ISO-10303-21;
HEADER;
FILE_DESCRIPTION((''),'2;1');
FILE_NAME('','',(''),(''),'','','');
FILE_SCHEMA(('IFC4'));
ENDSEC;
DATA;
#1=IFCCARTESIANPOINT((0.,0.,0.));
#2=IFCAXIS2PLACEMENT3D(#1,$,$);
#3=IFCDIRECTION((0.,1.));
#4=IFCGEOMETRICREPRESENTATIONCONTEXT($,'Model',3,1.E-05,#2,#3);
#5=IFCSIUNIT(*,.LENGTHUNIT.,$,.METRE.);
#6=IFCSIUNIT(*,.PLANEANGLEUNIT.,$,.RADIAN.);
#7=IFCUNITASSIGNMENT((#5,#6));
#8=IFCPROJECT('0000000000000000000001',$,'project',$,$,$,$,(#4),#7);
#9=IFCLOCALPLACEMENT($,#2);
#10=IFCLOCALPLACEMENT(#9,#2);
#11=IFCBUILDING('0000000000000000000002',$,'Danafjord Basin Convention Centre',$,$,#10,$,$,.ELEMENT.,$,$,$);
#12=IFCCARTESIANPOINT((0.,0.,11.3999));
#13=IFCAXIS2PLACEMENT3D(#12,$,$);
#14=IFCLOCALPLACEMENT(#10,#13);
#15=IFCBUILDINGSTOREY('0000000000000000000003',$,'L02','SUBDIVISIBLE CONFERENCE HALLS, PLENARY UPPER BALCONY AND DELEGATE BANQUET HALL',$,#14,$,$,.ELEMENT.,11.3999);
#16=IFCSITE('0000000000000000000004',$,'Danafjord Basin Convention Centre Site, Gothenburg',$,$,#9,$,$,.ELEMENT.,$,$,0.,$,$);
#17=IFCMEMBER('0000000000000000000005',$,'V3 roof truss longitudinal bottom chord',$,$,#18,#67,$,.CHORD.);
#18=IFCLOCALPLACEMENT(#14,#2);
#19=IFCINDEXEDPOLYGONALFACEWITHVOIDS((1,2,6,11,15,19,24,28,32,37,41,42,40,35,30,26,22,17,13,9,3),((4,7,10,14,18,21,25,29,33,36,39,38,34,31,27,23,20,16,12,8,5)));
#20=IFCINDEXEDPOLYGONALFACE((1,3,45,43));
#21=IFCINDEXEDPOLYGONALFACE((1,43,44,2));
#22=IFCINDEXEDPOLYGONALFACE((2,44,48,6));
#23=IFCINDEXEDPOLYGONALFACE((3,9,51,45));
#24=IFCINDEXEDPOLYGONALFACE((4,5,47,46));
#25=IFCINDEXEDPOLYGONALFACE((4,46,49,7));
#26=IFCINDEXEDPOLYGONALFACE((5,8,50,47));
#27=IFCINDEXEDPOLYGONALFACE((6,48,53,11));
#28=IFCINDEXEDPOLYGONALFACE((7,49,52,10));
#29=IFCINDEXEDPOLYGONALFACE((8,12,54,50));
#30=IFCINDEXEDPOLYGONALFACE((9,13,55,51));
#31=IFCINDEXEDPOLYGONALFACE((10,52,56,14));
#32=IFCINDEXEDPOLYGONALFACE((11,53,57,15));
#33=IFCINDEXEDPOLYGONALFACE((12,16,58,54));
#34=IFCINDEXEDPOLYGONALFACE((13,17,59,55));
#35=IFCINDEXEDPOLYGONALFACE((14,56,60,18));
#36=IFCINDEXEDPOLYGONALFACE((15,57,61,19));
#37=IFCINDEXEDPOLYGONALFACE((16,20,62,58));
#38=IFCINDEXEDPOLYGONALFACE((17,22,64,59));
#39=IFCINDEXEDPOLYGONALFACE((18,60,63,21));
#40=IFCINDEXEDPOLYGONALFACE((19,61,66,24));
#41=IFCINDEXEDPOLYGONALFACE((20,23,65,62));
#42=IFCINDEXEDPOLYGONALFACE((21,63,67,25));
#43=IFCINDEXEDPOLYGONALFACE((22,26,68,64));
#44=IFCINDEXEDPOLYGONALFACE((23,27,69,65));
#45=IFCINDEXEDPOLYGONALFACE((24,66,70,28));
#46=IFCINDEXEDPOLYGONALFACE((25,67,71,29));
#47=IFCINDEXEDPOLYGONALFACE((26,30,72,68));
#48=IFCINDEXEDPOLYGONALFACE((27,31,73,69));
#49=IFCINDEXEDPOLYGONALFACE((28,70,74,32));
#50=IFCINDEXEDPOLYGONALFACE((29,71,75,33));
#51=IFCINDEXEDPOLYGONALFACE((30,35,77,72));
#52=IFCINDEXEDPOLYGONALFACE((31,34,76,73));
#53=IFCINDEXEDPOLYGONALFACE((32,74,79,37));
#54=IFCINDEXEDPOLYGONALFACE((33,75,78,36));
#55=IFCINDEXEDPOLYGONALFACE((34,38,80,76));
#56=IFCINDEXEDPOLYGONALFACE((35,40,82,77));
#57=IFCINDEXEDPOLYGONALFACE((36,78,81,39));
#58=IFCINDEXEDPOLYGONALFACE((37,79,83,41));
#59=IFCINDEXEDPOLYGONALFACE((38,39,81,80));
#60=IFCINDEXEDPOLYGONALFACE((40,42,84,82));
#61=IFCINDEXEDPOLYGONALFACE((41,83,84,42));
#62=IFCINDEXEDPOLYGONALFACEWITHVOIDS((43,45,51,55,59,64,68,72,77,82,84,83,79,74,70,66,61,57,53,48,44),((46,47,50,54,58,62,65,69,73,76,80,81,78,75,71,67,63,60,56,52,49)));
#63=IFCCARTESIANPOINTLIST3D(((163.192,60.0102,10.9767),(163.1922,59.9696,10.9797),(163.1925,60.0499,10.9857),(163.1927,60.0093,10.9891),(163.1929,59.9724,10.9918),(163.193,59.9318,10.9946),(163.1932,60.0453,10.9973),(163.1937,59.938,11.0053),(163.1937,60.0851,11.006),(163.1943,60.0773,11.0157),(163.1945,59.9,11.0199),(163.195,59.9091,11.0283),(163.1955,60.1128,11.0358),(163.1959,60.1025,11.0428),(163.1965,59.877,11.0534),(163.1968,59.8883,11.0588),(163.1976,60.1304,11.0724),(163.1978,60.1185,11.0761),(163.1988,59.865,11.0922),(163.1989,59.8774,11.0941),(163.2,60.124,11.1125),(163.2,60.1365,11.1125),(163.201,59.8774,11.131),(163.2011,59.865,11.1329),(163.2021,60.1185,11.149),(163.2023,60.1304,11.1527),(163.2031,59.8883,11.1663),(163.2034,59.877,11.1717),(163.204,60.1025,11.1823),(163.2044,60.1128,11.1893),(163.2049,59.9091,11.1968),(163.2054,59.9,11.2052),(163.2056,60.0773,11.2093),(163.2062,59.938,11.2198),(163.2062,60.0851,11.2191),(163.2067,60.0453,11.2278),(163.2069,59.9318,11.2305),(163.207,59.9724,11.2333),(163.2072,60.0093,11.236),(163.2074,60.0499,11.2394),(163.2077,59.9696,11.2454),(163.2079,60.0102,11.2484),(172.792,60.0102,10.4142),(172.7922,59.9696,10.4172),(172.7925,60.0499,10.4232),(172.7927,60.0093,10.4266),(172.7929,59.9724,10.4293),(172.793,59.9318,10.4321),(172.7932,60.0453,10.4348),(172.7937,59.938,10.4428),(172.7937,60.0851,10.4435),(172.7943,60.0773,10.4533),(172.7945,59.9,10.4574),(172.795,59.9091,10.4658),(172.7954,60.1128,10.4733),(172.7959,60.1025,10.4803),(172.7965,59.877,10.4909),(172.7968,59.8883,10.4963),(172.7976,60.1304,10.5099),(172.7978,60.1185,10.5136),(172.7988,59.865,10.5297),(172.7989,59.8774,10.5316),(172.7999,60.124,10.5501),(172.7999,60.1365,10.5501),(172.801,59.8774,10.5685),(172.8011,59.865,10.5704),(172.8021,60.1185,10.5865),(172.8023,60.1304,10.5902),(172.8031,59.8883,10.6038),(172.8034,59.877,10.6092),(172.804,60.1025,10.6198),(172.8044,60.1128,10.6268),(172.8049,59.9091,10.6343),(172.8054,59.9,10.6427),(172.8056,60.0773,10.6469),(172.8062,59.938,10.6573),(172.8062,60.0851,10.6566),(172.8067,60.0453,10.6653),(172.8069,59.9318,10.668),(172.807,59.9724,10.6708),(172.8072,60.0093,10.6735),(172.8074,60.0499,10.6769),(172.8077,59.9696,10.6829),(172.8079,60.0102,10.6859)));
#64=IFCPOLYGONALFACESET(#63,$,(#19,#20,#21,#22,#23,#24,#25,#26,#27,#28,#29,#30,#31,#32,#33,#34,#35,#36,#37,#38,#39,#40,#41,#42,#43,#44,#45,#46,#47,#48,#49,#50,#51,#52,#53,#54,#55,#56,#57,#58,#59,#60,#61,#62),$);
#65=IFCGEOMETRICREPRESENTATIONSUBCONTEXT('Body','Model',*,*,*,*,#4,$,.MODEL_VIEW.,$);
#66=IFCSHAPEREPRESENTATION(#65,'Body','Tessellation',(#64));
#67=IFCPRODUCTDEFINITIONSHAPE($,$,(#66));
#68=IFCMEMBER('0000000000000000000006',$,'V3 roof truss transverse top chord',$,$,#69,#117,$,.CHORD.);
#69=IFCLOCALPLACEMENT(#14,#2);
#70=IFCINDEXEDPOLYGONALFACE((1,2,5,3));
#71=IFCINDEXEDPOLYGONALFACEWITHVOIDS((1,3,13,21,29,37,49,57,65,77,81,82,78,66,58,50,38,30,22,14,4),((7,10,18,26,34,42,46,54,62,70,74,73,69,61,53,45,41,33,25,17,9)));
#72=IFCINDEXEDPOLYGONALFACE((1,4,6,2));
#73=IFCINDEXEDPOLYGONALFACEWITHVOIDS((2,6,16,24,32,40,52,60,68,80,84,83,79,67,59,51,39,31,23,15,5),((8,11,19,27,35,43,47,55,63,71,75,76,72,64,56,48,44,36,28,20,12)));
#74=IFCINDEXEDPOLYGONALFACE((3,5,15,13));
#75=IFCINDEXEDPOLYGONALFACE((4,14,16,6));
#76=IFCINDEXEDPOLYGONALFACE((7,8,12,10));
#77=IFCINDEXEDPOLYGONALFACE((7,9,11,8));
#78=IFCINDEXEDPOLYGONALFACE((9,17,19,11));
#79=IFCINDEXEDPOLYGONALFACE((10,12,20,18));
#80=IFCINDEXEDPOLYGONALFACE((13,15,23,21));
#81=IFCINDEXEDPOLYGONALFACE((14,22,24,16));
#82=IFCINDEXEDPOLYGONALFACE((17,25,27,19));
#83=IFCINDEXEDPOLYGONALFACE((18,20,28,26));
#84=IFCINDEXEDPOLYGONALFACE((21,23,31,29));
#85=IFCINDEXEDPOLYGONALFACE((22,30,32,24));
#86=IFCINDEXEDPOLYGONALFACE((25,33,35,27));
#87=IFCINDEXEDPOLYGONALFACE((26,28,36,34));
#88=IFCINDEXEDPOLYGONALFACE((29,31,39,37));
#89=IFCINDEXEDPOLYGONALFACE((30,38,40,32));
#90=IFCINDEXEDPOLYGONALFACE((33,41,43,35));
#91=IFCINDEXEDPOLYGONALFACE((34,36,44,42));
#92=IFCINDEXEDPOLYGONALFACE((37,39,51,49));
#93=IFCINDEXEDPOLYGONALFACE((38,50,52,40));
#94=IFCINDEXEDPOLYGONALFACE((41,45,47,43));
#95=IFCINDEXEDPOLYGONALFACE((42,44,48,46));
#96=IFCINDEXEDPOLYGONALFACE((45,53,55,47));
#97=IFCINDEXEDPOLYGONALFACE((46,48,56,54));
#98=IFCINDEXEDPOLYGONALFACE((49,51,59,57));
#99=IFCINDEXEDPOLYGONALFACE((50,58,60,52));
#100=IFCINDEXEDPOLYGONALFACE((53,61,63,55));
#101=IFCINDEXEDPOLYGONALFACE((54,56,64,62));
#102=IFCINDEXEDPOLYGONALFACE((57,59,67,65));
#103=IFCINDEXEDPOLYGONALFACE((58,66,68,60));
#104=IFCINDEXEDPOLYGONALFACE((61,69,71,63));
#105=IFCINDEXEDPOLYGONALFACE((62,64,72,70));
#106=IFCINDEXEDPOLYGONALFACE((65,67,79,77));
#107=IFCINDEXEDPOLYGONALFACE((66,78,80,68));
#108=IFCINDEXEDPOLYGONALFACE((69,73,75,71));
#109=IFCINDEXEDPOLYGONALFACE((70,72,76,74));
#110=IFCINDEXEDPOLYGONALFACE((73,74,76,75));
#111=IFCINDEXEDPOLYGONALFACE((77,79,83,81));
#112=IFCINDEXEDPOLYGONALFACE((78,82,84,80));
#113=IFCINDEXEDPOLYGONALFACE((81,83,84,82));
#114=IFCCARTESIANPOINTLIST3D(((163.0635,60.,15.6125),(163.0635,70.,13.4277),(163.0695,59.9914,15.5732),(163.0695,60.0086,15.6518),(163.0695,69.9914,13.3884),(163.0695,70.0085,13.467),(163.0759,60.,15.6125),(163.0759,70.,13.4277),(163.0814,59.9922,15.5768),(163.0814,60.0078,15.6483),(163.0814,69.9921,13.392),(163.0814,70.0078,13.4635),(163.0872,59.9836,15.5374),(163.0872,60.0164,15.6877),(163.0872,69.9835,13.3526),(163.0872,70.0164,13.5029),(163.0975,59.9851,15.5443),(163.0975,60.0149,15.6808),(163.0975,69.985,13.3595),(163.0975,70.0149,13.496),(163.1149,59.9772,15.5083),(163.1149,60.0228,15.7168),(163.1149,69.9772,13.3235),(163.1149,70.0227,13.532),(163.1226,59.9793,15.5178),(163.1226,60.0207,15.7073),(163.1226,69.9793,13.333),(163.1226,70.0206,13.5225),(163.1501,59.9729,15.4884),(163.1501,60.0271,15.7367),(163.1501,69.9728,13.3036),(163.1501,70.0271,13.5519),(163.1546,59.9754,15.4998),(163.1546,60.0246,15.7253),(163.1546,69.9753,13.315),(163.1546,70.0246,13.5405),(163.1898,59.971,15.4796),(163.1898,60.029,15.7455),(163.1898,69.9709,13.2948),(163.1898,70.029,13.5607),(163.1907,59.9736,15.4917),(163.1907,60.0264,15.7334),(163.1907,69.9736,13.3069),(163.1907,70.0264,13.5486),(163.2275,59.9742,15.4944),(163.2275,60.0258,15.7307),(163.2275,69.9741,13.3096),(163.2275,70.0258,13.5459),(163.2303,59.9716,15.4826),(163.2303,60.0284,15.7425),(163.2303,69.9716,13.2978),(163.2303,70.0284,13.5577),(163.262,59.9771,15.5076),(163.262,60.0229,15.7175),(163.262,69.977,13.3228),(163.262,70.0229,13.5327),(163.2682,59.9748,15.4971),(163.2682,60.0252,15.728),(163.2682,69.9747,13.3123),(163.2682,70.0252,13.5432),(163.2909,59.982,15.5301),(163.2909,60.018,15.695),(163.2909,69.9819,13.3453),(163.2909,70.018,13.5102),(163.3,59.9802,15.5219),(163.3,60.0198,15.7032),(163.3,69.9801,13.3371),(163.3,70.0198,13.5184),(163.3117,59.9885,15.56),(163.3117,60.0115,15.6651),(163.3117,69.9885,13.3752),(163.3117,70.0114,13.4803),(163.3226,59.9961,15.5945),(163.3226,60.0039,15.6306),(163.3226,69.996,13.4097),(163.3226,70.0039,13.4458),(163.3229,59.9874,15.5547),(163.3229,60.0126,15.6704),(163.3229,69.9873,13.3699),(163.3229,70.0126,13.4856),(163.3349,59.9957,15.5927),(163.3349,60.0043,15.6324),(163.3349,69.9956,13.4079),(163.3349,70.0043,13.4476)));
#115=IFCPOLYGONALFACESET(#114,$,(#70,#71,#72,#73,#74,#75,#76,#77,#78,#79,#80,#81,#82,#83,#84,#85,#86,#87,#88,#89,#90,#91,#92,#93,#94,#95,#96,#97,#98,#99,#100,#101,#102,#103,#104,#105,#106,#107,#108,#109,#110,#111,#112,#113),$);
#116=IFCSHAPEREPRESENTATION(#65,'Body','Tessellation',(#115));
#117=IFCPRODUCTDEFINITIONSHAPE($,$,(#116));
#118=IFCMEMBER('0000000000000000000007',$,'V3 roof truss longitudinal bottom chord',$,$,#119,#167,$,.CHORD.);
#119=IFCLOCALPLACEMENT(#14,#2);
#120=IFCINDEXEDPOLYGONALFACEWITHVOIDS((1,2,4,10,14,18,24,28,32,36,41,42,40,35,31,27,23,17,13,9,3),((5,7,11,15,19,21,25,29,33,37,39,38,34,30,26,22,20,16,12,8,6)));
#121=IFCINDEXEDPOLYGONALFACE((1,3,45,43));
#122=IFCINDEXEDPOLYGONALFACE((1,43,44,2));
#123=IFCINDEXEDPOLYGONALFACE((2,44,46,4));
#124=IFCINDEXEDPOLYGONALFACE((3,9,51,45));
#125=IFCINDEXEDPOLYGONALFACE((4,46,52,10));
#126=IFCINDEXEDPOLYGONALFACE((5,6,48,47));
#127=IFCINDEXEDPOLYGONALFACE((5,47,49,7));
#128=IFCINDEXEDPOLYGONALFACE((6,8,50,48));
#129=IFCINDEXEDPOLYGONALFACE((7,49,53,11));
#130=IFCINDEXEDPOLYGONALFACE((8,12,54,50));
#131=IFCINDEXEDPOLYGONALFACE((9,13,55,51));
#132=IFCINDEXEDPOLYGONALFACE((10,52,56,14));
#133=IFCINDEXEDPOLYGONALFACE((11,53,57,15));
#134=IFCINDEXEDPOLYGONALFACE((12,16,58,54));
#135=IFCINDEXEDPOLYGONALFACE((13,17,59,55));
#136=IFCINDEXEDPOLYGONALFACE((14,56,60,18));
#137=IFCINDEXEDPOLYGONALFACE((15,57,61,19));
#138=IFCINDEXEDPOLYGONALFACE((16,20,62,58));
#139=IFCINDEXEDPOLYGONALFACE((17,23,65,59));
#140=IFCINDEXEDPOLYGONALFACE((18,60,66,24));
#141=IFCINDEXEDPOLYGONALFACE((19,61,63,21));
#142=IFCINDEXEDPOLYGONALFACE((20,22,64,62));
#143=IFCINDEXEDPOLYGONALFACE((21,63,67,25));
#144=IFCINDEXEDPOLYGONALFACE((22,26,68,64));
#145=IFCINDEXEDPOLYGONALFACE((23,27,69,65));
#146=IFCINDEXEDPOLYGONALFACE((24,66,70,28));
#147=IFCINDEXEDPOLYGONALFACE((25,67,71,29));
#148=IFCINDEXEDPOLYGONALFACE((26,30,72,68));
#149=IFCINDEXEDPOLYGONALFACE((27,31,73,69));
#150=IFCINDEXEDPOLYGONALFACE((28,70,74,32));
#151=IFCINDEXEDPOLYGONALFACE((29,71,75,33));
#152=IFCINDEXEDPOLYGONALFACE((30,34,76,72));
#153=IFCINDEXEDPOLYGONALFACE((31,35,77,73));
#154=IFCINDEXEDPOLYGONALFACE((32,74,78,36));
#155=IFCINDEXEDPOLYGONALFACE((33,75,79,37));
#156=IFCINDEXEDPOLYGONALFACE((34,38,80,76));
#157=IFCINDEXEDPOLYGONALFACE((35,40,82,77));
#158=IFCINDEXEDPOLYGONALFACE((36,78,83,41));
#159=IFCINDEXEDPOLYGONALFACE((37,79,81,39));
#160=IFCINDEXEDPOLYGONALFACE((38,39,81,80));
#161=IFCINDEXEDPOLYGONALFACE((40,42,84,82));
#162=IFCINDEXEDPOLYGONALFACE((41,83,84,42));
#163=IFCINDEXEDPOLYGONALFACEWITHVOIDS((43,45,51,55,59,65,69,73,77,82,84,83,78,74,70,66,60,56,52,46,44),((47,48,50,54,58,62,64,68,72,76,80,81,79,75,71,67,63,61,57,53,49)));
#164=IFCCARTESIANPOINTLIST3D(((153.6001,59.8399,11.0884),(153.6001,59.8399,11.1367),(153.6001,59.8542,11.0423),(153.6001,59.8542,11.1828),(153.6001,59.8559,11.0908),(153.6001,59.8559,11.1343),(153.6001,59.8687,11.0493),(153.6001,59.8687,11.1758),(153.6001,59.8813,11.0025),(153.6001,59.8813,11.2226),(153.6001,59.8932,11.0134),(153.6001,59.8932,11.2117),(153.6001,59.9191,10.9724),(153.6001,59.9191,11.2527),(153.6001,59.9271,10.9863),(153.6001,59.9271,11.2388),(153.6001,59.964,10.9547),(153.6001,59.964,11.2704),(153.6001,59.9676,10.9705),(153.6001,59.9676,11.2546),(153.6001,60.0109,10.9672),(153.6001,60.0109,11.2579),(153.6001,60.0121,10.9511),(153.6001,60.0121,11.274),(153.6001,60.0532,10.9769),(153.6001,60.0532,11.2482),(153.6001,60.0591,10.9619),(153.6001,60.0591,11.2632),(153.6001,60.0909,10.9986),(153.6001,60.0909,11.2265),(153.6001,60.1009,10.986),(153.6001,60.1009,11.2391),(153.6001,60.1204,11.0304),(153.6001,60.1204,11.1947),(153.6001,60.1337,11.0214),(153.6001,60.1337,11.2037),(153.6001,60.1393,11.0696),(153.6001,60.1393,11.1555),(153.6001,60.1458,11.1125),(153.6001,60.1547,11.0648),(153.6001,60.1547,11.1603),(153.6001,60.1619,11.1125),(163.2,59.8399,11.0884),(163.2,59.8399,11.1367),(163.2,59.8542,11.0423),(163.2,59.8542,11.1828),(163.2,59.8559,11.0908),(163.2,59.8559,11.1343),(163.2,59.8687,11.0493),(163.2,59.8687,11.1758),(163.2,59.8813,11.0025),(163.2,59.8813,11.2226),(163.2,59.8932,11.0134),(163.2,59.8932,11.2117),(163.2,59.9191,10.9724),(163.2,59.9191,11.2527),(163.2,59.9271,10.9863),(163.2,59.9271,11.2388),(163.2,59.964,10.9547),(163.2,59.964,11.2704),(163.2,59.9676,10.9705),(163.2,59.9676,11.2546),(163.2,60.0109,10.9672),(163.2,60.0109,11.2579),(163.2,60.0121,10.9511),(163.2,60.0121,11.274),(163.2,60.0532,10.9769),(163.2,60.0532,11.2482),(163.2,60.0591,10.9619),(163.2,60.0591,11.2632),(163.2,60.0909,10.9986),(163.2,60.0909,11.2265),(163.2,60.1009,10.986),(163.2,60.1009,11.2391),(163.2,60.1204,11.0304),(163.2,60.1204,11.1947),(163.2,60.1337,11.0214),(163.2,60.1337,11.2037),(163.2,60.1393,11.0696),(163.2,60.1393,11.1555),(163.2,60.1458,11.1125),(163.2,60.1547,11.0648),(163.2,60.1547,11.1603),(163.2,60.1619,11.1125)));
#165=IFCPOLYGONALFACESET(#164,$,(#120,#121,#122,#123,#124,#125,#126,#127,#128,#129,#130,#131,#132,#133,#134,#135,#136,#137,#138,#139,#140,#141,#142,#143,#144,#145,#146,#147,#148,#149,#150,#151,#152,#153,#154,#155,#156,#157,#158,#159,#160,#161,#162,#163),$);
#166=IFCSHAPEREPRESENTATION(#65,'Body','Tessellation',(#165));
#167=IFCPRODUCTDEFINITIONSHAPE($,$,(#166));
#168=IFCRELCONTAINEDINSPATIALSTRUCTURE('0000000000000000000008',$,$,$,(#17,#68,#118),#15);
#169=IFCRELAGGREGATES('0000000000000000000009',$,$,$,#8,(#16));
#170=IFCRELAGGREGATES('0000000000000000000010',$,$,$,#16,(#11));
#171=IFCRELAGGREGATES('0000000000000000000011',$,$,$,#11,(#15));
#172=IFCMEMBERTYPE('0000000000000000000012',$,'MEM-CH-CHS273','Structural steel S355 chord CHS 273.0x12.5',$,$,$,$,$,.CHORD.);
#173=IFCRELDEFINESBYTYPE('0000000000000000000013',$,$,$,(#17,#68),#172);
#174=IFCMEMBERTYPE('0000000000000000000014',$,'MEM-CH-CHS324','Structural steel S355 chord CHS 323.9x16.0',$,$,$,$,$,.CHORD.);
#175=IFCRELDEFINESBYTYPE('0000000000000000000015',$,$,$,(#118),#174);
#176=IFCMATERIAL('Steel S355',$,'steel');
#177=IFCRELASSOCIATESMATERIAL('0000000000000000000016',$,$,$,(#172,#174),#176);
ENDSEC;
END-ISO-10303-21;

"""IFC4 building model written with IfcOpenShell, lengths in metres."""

from ifc_helpers import new_model, si_unit, direction, frame, origin, origin_2d, place, context, subcontext, project, spatial, hollow_circle, extrude, material, material_profile, profile_set, type_object, element, save


model = new_model("IFC4")

# Units and contexts
model_context = context("Model", 3, precision=1e-05, world=origin(), true_north=direction((0.0, 1.0)))
body_context = subcontext(model_context, "Body", "Model", "MODEL_VIEW")
ifc_project = project(units=[si_unit("LENGTHUNIT", "METRE"), si_unit("PLANEANGLEUNIT", "RADIAN")], contexts=[model_context])

# Site, building, storey
site_placement = place(None, origin())
site = spatial("IfcSite", under=ifc_project, at=site_placement, Name="Danafjord Basin Convention Centre Site, Gothenburg", CompositionType="ELEMENT", RefElevation=0.0)
building_placement = place(site_placement, origin())
building = spatial("IfcBuilding", under=site, at=building_placement, Name="Danafjord Basin Convention Centre", CompositionType="ELEMENT")
storey_placement = place(building_placement, frame((0.0, 0.0, 11.3999)))
storey = spatial("IfcBuildingStorey", under=building, at=storey_placement, Name="L02", Description="SUBDIVISIBLE CONFERENCE HALLS, PLENARY UPPER BALCONY AND DELEGATE BANQUET HALL", CompositionType="ELEMENT", Elevation=11.3999)

# Members
ifc_material = material(Name="Steel S355", Category="steel")
ifc_material_profile_1 = material_profile(ifc_material, hollow_circle(Radius=0.1365, WallThickness=0.0125, at=origin_2d()), Name="CHS 273.0x12.5")
ifc_profile_set_1 = profile_set([ifc_material_profile_1], Name="Steel S355")
member_type_1 = type_object("IfcMemberType", Name="MEM-CH-CHS273", Description="Structural steel S355 chord CHS 273.0x12.5", PredefinedType="CHORD", material=ifc_profile_set_1)
member_1_placement = place(storey_placement, frame((163.2, 60.0, 11.1125), z_axis=(0.998288, 0.0, -0.058493), x_axis=(0.0, 1.0, 0.0)))
element("IfcMember", 1, at=member_1_placement, inside=storey, type_object=member_type_1, Name="V3 roof truss longitudinal bottom chord", PredefinedType="CHORD", context=body_context, shape_type="SweptSolid", body=[
    extrude(hollow_circle(Radius=0.1365, WallThickness=0.0125, at=origin_2d()), origin(), (0.0, 0.0, 1.0), 9.6165),
])
member_2_placement = place(storey_placement, frame((163.2, 60.0, 15.6125), z_axis=(0.0, 0.976955, -0.213446), x_axis=(-1.0, 0.0, 0.0)))
element("IfcMember", 2, at=member_2_placement, inside=storey, type_object=member_type_1, Name="V3 roof truss transverse top chord", PredefinedType="CHORD", context=body_context, shape_type="SweptSolid", body=[
    extrude(hollow_circle(Radius=0.1365, WallThickness=0.0125, at=origin_2d()), origin(), (0.0, 0.0, 1.0), 10.2358),
])
ifc_material_profile_2 = material_profile(ifc_material, hollow_circle(Radius=0.1619, WallThickness=0.0161, at=origin_2d()), Name="CHS 323.9x16.0")
ifc_profile_set_2 = profile_set([ifc_material_profile_2], Name="Steel S355")
member_type_2 = type_object("IfcMemberType", Name="MEM-CH-CHS324", Description="Structural steel S355 chord CHS 323.9x16.0", PredefinedType="CHORD", material=ifc_profile_set_2)
member_3_placement = place(storey_placement, frame((153.6001, 60.0, 11.1125), z_axis=(1.0, 0.0, 0.0), x_axis=(0.0, 1.0, 0.0)))
element("IfcMember", 3, at=member_3_placement, inside=storey, type_object=member_type_2, Name="V3 roof truss longitudinal bottom chord", PredefinedType="CHORD", context=body_context, shape_type="SweptSolid", body=[
    extrude(hollow_circle(Radius=0.1619, WallThickness=0.0161, at=origin_2d()), origin(), (0.0, 0.0, 1.0), 9.5999),
])

save(model, "model.ifc")
